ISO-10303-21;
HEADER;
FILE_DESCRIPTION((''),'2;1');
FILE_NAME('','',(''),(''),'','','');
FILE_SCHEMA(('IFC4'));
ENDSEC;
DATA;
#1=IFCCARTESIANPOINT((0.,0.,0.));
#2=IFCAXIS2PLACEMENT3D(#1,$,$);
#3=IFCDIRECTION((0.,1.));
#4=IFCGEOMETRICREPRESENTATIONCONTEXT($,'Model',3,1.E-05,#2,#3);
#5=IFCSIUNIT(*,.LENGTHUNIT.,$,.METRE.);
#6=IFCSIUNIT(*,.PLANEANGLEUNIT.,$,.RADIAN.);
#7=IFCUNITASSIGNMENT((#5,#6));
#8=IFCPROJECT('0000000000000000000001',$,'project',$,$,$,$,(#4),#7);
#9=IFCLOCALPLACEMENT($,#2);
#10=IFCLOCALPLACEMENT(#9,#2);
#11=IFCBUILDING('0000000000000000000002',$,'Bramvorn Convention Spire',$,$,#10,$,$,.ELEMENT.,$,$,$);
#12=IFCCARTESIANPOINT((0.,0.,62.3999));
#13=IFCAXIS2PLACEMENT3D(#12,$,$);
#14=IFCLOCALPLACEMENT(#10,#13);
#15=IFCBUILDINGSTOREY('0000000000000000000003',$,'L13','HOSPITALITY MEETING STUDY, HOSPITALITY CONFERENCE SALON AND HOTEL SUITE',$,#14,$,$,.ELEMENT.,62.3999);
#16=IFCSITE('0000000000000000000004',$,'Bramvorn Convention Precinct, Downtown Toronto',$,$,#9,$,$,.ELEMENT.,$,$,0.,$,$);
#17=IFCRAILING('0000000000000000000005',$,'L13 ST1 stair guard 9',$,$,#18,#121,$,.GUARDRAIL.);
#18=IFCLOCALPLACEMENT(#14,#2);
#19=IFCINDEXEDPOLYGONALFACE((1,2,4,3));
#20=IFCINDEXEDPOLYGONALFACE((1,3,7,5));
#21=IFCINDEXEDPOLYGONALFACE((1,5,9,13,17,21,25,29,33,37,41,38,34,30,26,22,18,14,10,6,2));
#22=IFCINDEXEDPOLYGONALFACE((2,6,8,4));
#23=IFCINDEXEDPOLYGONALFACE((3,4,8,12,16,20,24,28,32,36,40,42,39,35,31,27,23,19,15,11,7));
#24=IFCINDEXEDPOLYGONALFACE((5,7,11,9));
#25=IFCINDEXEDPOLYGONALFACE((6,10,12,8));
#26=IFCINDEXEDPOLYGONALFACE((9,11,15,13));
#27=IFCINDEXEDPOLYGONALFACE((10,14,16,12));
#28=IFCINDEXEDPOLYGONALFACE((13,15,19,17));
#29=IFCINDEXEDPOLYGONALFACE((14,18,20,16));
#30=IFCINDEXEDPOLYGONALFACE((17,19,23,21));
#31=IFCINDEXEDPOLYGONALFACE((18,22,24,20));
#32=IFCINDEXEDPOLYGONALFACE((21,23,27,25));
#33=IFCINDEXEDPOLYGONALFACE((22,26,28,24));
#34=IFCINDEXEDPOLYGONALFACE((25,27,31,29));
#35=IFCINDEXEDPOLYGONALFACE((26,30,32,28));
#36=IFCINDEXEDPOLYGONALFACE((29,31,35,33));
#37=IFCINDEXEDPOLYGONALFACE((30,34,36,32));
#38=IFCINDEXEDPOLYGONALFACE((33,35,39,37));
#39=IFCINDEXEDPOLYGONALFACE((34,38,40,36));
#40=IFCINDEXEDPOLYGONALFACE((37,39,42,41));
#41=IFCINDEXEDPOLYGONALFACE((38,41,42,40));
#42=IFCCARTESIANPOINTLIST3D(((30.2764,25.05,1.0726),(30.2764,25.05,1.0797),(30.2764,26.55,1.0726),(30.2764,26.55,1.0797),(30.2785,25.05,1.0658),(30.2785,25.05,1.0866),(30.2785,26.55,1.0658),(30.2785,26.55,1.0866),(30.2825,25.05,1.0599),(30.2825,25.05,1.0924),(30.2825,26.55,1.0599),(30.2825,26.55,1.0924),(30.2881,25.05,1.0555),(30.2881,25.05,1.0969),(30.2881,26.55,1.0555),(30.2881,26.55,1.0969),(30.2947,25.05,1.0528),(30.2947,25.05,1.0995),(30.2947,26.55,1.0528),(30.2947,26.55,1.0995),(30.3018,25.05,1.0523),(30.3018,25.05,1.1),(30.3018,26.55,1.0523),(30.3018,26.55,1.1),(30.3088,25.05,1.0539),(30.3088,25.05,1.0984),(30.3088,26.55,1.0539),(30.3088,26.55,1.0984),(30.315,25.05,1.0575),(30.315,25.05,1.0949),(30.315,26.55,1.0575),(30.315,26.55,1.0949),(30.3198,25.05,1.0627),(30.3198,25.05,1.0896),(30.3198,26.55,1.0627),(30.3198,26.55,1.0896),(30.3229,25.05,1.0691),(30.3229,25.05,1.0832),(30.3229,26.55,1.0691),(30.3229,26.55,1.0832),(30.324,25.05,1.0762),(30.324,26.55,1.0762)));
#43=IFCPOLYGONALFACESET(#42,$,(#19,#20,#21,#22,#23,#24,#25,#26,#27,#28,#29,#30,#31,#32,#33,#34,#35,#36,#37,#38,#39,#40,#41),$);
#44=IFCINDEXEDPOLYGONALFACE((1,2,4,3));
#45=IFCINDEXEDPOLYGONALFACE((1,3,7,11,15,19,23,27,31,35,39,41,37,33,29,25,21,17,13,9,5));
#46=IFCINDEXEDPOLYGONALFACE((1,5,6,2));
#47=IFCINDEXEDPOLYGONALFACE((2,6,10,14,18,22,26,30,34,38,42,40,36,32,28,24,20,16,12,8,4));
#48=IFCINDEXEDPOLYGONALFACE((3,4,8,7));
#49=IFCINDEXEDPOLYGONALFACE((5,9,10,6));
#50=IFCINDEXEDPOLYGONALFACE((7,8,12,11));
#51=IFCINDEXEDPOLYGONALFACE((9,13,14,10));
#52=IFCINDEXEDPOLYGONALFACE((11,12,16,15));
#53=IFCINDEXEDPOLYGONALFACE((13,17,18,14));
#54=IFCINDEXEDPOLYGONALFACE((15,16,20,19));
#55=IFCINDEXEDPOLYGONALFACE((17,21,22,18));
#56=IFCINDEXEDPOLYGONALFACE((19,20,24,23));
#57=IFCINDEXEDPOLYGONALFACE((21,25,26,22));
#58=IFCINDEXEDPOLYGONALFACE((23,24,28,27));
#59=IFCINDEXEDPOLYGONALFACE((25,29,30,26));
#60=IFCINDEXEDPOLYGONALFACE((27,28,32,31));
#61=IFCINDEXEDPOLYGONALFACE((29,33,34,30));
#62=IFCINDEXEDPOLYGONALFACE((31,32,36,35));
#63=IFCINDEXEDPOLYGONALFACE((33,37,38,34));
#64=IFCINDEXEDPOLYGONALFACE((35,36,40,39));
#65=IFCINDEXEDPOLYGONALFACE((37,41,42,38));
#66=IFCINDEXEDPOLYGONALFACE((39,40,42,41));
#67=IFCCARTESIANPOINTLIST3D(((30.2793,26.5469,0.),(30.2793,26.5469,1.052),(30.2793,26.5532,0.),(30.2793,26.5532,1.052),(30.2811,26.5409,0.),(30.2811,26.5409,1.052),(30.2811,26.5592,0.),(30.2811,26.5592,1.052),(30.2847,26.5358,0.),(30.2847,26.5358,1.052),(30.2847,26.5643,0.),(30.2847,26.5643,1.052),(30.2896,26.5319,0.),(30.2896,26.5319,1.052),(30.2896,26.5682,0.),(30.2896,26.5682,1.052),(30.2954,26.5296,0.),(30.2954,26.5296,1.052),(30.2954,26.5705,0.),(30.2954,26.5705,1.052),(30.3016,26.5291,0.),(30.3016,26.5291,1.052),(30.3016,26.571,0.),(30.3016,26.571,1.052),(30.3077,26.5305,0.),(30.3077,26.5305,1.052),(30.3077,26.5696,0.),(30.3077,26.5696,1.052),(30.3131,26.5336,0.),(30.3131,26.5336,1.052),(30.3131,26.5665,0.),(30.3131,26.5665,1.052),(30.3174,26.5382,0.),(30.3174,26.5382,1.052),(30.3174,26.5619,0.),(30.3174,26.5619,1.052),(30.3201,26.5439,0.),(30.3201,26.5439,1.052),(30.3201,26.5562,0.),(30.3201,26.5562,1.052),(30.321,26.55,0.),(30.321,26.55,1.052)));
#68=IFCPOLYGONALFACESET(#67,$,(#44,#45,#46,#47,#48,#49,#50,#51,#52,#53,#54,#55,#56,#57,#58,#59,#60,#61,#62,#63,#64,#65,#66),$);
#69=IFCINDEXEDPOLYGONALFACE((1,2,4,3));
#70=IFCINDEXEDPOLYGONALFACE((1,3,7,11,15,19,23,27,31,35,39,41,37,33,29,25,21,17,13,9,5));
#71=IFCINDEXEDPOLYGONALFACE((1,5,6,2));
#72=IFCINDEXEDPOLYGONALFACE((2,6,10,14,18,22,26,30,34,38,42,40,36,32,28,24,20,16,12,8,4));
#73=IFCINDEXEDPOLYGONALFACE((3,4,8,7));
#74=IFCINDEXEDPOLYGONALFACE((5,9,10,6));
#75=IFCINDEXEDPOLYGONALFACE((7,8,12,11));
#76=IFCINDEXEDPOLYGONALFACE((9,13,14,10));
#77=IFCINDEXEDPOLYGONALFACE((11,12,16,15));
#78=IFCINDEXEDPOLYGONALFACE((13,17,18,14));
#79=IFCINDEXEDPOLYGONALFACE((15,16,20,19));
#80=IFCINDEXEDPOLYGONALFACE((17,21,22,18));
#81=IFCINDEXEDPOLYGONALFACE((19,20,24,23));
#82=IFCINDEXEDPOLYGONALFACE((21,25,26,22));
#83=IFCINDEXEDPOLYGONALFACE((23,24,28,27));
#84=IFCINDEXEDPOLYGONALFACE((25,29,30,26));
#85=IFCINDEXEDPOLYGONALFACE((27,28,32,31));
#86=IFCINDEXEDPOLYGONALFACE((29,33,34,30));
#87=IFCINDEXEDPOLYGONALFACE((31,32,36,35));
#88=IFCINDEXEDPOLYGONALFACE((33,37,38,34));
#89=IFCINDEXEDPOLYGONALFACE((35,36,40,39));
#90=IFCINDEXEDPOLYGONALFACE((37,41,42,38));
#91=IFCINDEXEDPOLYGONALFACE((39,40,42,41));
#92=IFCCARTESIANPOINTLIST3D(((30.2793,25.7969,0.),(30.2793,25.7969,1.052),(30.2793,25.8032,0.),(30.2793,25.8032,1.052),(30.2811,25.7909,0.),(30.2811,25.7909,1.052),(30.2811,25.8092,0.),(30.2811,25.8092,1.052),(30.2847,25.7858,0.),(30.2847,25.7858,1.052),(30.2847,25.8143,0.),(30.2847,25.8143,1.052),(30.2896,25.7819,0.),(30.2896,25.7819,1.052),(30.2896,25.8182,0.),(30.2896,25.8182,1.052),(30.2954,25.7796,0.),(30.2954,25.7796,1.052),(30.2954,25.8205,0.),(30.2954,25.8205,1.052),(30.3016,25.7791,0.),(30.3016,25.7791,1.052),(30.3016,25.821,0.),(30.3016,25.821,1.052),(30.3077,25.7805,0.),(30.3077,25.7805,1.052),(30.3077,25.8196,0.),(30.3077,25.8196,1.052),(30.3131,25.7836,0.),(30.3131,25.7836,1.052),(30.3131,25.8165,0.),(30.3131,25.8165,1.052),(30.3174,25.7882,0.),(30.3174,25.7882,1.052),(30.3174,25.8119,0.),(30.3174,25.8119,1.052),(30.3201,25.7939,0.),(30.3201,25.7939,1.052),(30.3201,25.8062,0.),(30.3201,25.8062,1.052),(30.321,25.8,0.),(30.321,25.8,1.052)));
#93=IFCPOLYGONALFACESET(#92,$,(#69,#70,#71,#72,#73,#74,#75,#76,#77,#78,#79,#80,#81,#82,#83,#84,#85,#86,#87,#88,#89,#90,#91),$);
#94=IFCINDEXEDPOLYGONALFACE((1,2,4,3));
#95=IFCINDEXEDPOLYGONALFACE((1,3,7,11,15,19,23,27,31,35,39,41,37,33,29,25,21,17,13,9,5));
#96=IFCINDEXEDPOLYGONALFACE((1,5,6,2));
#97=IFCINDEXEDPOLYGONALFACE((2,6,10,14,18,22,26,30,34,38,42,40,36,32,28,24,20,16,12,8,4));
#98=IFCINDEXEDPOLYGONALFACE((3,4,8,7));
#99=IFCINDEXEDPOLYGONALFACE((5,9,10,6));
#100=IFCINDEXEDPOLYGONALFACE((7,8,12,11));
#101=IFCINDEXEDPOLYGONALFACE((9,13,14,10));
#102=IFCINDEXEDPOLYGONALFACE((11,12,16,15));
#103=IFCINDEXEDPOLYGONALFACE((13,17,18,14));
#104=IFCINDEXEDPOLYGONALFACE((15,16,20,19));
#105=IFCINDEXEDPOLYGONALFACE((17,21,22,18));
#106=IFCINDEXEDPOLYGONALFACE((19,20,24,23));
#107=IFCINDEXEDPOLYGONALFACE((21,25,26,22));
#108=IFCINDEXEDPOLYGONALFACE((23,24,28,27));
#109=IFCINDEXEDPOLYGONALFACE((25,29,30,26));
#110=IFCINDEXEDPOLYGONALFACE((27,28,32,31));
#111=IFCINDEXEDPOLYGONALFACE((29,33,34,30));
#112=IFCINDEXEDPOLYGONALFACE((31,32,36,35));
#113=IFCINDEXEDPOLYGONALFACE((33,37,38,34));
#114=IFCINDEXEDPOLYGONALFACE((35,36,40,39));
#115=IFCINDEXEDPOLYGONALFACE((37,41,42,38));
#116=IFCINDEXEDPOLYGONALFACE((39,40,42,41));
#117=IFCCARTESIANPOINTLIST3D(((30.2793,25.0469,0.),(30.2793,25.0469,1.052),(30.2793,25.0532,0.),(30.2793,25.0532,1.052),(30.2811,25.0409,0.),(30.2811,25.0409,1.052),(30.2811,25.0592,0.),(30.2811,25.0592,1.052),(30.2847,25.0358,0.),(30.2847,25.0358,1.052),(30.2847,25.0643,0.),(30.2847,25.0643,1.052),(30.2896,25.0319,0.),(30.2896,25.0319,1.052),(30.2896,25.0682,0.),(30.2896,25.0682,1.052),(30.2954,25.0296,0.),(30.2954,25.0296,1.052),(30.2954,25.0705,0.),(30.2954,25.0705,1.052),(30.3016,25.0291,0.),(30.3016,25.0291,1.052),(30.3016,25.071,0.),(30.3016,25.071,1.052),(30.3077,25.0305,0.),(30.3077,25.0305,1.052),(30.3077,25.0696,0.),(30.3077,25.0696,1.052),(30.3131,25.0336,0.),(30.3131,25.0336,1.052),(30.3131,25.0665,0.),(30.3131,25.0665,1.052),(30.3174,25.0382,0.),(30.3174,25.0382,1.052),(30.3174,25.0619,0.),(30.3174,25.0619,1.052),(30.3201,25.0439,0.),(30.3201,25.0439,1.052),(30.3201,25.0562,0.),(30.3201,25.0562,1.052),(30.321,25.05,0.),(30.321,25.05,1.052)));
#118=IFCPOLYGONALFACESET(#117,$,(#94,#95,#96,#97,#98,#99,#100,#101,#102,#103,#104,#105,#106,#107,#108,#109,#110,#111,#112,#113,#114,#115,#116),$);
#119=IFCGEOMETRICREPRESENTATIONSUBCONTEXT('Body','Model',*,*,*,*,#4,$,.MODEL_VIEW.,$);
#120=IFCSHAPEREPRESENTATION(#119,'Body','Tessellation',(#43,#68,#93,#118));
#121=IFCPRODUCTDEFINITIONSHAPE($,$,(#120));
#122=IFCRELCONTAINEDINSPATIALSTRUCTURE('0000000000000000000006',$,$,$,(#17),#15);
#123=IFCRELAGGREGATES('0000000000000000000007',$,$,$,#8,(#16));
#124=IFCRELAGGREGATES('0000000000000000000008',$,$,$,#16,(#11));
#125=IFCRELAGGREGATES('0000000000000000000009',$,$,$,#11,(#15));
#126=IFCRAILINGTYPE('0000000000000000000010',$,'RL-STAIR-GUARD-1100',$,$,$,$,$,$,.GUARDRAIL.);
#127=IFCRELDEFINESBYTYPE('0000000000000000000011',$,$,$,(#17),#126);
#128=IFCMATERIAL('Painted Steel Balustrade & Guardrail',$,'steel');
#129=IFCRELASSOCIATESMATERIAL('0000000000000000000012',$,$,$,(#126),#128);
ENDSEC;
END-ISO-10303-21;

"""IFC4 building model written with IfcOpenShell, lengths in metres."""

from ifc_helpers import new_model, si_unit, direction, frame, origin, origin_2d, place, context, subcontext, project, spatial, circle, extrude, material, type_object, element, save


model = new_model("IFC4")

# Units and contexts
model_context = context("Model", 3, precision=1e-05, world=origin(), true_north=direction((0.0, 1.0)))
body_context = subcontext(model_context, "Body", "Model", "MODEL_VIEW")
ifc_project = project(units=[si_unit("LENGTHUNIT", "METRE"), si_unit("PLANEANGLEUNIT", "RADIAN")], contexts=[model_context])

# Site, building, storey
site_placement = place(None, origin())
site = spatial("IfcSite", under=ifc_project, at=site_placement, Name="Bramvorn Convention Precinct, Downtown Toronto", CompositionType="ELEMENT", RefElevation=0.0)
building_placement = place(site_placement, origin())
building = spatial("IfcBuilding", under=site, at=building_placement, Name="Bramvorn Convention Spire", CompositionType="ELEMENT")
storey_placement = place(building_placement, frame((0.0, 0.0, 62.3999)))
storey = spatial("IfcBuildingStorey", under=building, at=storey_placement, Name="L13", Description="HOSPITALITY MEETING STUDY, HOSPITALITY CONFERENCE SALON AND HOTEL SUITE", CompositionType="ELEMENT", Elevation=62.3999)

# Railing
ifc_material_1 = material(Name="Painted Steel Balustrade & Guardrail", Category="steel")
railing_type_1 = type_object("IfcRailingType", Name="RL-STAIR-GUARD-1100", PredefinedType="GUARDRAIL", material=ifc_material_1)
for number, where, name in (
    (1, (30.3, 26.55, 0.0), "L13 ST1 stair guard 9"),
):
    element("IfcRailing", number, at=place(storey_placement, frame(where)), inside=storey, type_object=railing_type_1, Name=name, PredefinedType="GUARDRAIL", context=body_context, shape_type="SweptSolid", body=[
        extrude(circle(Radius=0.0239, at=origin_2d()), frame((0.0, 0.0, 1.0762), z_axis=(0.0, -1.0, 0.0), x_axis=(1.0, 0.0, 0.0)), (0.0, 0.0, 1.0), 1.5),
        extrude(circle(Radius=0.021, at=origin_2d()), origin(), (0.0, 0.0, 1.0), 1.052),
        extrude(circle(Radius=0.021, at=origin_2d()), frame((0.0, -0.75, 0.0)), (0.0, 0.0, 1.0), 1.052),
        extrude(circle(Radius=0.021, at=origin_2d()), frame((0.0, -1.5, 0.0)), (0.0, 0.0, 1.0), 1.052),
    ])

save(model, "model.ifc")
